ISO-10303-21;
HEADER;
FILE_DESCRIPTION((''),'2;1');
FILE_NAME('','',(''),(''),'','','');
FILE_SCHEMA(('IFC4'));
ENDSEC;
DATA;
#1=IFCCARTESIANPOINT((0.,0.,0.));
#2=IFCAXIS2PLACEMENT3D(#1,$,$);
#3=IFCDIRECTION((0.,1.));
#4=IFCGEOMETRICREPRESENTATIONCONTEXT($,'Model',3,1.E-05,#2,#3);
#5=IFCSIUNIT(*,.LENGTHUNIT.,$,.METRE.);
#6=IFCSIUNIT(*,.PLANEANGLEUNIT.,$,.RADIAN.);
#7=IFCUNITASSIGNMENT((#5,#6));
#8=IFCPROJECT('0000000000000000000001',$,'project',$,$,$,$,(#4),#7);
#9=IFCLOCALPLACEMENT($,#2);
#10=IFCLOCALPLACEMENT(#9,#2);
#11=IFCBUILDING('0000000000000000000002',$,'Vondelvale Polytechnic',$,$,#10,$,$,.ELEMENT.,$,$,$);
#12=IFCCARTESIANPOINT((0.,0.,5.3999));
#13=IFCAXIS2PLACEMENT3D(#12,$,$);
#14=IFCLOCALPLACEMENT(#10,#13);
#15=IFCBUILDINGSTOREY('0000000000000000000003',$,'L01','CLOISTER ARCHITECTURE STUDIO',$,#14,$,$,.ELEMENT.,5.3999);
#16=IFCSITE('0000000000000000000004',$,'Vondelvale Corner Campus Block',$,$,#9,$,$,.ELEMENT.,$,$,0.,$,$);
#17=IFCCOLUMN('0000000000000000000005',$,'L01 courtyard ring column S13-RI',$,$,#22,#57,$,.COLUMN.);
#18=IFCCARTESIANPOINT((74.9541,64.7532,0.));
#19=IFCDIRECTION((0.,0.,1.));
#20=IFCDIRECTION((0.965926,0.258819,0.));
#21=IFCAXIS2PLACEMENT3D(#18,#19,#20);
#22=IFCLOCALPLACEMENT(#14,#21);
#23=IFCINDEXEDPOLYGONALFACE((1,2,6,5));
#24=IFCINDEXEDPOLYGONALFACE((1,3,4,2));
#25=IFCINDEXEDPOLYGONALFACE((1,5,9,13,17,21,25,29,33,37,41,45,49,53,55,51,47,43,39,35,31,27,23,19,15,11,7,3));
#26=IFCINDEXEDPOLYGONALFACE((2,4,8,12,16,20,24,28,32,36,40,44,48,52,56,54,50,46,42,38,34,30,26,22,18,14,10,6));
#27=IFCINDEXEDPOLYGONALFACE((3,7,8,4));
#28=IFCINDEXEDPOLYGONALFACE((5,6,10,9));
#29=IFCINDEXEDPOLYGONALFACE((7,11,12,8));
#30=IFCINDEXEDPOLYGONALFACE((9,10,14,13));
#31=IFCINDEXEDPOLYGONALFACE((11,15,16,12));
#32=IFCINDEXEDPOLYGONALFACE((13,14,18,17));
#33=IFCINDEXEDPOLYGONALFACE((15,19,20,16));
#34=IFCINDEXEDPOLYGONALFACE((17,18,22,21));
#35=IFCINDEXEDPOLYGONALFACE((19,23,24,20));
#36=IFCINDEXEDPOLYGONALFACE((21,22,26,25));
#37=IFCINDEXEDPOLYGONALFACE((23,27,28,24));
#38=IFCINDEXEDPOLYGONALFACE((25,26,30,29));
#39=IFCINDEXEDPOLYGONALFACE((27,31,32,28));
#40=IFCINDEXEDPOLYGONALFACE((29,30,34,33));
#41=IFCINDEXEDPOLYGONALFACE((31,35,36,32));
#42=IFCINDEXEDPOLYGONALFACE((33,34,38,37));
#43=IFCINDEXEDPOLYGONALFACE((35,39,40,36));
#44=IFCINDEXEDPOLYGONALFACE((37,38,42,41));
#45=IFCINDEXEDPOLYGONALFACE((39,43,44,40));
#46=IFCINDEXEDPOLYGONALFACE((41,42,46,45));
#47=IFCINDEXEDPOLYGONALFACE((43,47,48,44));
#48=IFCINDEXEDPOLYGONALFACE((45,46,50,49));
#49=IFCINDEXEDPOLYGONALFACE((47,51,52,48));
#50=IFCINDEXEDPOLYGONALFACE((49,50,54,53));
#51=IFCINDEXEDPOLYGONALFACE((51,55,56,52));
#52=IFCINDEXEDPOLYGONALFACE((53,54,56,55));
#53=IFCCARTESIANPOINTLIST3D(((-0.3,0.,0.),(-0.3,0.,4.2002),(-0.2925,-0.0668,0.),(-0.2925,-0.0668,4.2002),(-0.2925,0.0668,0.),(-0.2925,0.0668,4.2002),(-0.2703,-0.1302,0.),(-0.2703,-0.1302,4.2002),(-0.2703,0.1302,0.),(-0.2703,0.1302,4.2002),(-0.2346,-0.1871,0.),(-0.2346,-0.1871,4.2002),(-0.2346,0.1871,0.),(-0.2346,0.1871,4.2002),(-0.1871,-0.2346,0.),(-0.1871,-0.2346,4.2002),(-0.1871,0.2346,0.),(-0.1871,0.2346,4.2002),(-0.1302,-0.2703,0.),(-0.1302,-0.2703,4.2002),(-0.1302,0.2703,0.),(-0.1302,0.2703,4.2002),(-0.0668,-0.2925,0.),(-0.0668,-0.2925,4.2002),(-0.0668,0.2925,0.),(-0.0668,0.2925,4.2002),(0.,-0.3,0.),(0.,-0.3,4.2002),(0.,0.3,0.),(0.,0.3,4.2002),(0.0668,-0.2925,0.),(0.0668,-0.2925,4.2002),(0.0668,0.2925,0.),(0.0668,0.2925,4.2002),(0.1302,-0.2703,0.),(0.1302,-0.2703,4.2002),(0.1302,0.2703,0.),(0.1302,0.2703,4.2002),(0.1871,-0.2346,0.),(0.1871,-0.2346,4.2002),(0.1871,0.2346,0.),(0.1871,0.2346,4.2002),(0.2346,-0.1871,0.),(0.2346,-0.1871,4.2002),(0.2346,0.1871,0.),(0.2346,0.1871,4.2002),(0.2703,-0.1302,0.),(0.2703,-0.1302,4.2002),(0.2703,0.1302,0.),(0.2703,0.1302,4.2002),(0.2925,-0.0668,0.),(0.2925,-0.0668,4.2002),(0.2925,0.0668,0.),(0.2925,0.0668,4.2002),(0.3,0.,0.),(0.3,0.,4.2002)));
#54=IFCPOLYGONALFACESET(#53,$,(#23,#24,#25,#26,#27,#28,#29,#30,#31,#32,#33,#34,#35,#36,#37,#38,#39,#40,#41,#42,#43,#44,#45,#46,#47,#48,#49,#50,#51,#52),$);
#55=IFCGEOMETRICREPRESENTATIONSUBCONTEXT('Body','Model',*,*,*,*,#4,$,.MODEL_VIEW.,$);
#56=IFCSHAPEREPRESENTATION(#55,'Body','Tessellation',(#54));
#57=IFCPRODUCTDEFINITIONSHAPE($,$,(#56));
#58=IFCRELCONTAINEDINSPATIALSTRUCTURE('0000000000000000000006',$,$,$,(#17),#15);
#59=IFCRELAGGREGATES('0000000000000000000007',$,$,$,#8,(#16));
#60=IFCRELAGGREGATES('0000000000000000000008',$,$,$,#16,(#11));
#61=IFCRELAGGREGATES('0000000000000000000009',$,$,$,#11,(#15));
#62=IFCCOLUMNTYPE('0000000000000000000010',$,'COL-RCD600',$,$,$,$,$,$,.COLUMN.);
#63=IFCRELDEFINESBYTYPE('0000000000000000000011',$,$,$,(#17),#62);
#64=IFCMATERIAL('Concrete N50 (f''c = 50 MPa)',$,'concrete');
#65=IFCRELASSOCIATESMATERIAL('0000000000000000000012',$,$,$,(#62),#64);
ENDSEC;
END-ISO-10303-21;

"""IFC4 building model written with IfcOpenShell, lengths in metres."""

from ifc_helpers import new_model, si_unit, direction, frame, origin, origin_2d, place, context, subcontext, project, spatial, circle, extrude, material, material_profile, profile_set, type_object, element, save


model = new_model("IFC4")

# Units and contexts
model_context = context("Model", 3, precision=1e-05, world=origin(), true_north=direction((0.0, 1.0)))
body_context = subcontext(model_context, "Body", "Model", "MODEL_VIEW")
ifc_project = project(units=[si_unit("LENGTHUNIT", "METRE"), si_unit("PLANEANGLEUNIT", "RADIAN")], contexts=[model_context])

# Site, building, storey
site_placement = place(None, origin())
site = spatial("IfcSite", under=ifc_project, at=site_placement, Name="Vondelvale Corner Campus Block", CompositionType="ELEMENT", RefElevation=0.0)
building_placement = place(site_placement, origin())
building = spatial("IfcBuilding", under=site, at=building_placement, Name="Vondelvale Polytechnic", CompositionType="ELEMENT")
storey_placement = place(building_placement, frame((0.0, 0.0, 5.3999)))
storey = spatial("IfcBuildingStorey", under=building, at=storey_placement, Name="L01", Description="CLOISTER ARCHITECTURE STUDIO", CompositionType="ELEMENT", Elevation=5.3999)

# Column
ifc_material_1 = material(Name="Concrete N50 (f'c = 50 MPa)", Category="concrete")
ifc_material_profile_1 = material_profile(ifc_material_1, circle(Radius=0.3, at=origin_2d()), Name="RC-COL-D600")
ifc_profile_set_1 = profile_set([ifc_material_profile_1], Name="Concrete N50 (f'c = 50 MPa)")
column_type = type_object("IfcColumnType", Name="COL-RCD600", PredefinedType="COLUMN", material=ifc_profile_set_1)
column_placement = place(storey_placement, frame((74.9541, 64.7532, 0.0), z_axis=(0.0, 0.0, 1.0), x_axis=(0.965926, 0.258819, 0.0)))
element("IfcColumn", 1, at=column_placement, inside=storey, type_object=column_type, Name="L01 courtyard ring column S13-RI", PredefinedType="COLUMN", context=body_context, shape_type="SweptSolid", body=[
    extrude(circle(Radius=0.3, at=origin_2d()), origin(), (0.0, 0.0, 1.0), 4.2002),
])

save(model, "model.ifc")
